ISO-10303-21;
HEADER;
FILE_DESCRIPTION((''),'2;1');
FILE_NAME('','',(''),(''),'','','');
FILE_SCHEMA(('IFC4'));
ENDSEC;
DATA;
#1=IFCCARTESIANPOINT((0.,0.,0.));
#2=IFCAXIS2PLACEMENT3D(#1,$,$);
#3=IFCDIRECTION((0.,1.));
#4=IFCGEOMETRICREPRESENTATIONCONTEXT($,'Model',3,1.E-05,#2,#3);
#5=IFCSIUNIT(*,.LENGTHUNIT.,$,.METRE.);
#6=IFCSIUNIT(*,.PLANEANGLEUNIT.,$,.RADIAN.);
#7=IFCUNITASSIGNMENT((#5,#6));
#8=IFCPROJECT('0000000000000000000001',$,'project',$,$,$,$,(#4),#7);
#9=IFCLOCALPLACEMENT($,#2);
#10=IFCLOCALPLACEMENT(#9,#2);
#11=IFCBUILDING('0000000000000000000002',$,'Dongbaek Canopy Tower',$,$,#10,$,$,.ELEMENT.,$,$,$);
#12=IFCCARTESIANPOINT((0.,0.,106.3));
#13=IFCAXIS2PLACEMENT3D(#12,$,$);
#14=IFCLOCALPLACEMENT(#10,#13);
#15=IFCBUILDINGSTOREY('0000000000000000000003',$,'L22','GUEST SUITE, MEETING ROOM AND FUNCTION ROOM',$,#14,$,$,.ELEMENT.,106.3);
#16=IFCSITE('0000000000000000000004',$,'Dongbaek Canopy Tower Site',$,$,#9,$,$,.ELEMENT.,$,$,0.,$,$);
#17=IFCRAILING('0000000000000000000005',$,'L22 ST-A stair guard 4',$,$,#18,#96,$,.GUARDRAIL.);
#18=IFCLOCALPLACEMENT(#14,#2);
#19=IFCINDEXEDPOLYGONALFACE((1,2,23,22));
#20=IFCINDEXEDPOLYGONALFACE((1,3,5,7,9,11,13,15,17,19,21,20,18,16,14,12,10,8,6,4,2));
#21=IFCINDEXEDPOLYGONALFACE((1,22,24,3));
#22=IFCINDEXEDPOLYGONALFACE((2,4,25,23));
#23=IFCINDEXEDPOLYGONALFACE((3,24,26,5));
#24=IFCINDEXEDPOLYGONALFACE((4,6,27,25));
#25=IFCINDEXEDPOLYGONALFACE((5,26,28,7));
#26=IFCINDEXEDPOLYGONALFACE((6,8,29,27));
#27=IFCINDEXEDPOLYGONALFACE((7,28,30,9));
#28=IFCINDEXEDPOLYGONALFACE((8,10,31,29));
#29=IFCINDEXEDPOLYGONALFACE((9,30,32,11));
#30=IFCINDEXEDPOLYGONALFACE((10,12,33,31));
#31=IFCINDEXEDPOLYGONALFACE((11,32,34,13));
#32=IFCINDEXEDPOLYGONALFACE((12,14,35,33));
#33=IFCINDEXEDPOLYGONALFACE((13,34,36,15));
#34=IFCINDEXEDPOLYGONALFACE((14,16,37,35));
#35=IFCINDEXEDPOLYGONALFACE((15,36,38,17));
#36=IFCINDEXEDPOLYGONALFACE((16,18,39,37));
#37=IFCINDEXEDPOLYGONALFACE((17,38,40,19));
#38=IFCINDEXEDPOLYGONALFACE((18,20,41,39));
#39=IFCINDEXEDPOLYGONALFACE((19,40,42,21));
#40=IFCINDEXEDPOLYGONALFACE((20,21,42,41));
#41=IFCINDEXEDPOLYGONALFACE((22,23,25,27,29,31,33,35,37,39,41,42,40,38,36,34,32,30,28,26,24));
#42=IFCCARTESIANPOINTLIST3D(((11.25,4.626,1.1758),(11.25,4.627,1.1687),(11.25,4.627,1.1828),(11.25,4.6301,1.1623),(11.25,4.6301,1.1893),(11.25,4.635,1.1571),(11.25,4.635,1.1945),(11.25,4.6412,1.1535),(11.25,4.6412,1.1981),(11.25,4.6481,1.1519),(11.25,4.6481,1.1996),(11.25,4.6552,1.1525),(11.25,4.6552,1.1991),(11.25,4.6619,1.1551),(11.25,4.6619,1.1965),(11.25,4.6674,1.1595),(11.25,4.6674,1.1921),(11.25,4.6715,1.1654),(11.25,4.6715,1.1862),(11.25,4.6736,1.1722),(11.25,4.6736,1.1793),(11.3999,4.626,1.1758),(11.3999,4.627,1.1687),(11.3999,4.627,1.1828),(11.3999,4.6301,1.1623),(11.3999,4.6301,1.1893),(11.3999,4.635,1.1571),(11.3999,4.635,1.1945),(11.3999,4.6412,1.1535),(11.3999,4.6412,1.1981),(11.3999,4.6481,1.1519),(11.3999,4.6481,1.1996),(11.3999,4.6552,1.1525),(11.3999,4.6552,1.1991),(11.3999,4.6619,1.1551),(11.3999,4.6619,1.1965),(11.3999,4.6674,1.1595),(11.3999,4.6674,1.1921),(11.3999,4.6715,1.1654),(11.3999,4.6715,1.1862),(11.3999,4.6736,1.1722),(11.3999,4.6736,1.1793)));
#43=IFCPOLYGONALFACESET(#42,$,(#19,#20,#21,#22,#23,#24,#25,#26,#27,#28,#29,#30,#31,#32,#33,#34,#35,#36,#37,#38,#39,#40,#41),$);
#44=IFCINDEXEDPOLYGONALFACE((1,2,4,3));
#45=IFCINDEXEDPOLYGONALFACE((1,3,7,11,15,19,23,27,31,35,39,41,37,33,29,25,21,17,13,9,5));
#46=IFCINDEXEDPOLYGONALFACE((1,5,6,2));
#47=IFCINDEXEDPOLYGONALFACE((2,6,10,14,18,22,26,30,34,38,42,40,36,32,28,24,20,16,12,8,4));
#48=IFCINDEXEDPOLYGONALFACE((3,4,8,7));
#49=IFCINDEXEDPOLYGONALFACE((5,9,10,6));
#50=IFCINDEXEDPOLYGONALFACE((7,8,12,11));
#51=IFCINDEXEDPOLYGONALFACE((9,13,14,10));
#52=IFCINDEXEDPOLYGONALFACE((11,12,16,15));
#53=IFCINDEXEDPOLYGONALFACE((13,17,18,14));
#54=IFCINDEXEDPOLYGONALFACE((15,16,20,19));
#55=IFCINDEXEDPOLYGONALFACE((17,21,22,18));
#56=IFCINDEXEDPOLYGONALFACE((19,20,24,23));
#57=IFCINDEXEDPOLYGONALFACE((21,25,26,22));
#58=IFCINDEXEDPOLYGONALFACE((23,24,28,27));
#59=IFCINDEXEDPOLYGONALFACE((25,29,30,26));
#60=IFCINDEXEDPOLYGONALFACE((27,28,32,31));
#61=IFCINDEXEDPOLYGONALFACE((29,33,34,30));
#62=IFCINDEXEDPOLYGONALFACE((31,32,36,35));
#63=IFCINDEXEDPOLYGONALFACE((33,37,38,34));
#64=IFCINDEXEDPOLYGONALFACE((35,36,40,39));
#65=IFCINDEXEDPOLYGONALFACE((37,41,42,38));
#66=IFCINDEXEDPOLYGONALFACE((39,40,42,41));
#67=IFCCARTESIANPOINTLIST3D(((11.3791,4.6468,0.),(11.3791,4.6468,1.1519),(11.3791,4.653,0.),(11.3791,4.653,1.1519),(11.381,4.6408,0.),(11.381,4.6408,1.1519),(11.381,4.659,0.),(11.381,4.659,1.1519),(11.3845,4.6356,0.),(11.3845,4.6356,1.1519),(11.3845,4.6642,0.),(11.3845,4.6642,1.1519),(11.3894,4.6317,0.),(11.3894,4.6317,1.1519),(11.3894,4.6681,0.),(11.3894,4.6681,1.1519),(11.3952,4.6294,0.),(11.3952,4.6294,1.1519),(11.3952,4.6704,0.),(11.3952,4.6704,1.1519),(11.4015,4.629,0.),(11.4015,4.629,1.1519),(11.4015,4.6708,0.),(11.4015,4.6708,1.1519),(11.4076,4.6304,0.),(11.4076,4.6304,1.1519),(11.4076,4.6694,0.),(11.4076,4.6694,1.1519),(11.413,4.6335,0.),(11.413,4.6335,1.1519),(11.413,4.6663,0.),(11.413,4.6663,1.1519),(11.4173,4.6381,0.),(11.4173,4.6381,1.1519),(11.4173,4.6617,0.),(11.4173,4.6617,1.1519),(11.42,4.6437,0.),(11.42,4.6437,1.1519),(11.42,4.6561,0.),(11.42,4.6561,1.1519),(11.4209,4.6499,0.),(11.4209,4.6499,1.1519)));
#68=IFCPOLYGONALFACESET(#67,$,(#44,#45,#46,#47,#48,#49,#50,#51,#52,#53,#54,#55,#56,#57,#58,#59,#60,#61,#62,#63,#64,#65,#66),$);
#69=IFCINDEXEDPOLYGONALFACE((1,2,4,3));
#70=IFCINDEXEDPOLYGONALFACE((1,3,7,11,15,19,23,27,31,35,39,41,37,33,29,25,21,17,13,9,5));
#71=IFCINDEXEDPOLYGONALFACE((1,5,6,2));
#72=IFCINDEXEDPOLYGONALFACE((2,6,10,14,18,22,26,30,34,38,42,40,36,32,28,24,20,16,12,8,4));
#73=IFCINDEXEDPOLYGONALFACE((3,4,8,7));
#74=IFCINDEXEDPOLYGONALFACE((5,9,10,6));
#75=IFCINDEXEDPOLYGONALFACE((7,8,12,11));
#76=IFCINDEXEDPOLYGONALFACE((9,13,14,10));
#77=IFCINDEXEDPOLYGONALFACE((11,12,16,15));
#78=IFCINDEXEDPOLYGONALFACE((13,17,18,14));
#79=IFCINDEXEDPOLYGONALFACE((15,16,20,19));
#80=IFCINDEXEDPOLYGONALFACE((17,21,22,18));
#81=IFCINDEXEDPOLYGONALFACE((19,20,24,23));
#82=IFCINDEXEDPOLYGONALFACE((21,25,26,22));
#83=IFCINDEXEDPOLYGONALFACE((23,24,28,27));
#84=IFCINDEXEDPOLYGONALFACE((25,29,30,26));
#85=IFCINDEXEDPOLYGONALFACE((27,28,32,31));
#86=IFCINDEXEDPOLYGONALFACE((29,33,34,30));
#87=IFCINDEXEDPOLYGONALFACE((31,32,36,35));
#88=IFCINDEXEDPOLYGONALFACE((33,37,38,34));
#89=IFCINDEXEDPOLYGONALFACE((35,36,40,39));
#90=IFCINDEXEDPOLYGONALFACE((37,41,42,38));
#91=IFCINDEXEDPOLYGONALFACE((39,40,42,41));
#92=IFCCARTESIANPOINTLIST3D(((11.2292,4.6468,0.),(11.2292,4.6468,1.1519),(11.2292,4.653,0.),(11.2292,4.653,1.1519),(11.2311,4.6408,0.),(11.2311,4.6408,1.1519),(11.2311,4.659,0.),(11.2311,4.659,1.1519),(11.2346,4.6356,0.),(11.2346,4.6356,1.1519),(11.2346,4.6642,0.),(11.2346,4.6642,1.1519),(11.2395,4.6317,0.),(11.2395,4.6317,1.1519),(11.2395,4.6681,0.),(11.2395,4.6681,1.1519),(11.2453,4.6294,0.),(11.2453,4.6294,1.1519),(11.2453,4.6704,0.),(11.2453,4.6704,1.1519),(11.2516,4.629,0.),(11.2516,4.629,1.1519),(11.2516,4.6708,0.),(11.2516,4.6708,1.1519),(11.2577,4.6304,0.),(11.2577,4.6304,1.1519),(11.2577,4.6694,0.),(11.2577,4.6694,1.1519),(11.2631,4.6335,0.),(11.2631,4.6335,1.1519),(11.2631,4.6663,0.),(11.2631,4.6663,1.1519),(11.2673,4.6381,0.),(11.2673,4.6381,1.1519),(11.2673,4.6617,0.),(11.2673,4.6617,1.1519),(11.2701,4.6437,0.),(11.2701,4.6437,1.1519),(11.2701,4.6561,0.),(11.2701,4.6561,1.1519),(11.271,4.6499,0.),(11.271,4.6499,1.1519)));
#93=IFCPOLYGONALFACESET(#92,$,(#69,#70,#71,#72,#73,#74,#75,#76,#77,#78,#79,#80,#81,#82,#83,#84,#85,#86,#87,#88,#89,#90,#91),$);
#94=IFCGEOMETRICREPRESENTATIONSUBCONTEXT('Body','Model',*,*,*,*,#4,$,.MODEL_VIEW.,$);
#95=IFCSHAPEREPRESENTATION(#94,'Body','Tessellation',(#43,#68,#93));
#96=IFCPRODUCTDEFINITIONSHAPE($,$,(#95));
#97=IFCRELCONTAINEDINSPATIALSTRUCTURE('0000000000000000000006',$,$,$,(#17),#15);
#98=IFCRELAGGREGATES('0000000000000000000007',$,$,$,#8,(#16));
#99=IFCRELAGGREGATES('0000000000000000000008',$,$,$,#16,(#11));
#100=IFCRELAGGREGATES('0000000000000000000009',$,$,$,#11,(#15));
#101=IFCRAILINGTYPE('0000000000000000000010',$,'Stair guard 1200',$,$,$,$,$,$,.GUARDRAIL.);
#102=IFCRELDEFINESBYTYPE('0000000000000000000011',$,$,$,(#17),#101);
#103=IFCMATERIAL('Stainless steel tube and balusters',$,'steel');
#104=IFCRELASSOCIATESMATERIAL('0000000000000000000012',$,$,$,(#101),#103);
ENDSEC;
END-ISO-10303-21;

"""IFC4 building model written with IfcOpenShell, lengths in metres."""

from ifc_helpers import new_model, si_unit, direction, frame, origin, origin_2d, place, context, subcontext, project, spatial, circle, extrude, material, type_object, element, save


model = new_model("IFC4")

# Units and contexts
model_context = context("Model", 3, precision=1e-05, world=origin(), true_north=direction((0.0, 1.0)))
body_context = subcontext(model_context, "Body", "Model", "MODEL_VIEW")
ifc_project = project(units=[si_unit("LENGTHUNIT", "METRE"), si_unit("PLANEANGLEUNIT", "RADIAN")], contexts=[model_context])

# Site, building, storey
site_placement = place(None, origin())
site = spatial("IfcSite", under=ifc_project, at=site_placement, Name="Dongbaek Canopy Tower Site", CompositionType="ELEMENT", RefElevation=0.0)
building_placement = place(site_placement, origin())
building = spatial("IfcBuilding", under=site, at=building_placement, Name="Dongbaek Canopy Tower", CompositionType="ELEMENT")
storey_placement = place(building_placement, frame((0.0, 0.0, 106.3)))
storey = spatial("IfcBuildingStorey", under=building, at=storey_placement, Name="L22", Description="GUEST SUITE, MEETING ROOM AND FUNCTION ROOM", CompositionType="ELEMENT", Elevation=106.3)

# Railing
ifc_material_1 = material(Name="Stainless steel tube and balusters", Category="steel")
railing_type_1 = type_object("IfcRailingType", Name="Stair guard 1200", PredefinedType="GUARDRAIL", material=ifc_material_1)
railing_1_placement = place(storey_placement, frame((11.3999, 4.6499, 0.0)))
element("IfcRailing", 1, at=railing_1_placement, inside=storey, type_object=railing_type_1, Name="L22 ST-A stair guard 4", PredefinedType="GUARDRAIL", context=body_context, shape_type="SweptSolid", body=[
    extrude(circle(Radius=0.0239, at=origin_2d()), frame((0.0, 0.0, 1.1758), z_axis=(-1.0, 0.0, 0.0), x_axis=(0.0, -1.0, 0.0)), (0.0, 0.0, 1.0), 0.1499),
    extrude(circle(Radius=0.021, at=origin_2d()), origin(), (0.0, 0.0, 1.0), 1.1519),
    extrude(circle(Radius=0.021, at=origin_2d()), frame((-0.1499, 0.0, 0.0)), (0.0, 0.0, 1.0), 1.1519),
])

save(model, "model.ifc")
